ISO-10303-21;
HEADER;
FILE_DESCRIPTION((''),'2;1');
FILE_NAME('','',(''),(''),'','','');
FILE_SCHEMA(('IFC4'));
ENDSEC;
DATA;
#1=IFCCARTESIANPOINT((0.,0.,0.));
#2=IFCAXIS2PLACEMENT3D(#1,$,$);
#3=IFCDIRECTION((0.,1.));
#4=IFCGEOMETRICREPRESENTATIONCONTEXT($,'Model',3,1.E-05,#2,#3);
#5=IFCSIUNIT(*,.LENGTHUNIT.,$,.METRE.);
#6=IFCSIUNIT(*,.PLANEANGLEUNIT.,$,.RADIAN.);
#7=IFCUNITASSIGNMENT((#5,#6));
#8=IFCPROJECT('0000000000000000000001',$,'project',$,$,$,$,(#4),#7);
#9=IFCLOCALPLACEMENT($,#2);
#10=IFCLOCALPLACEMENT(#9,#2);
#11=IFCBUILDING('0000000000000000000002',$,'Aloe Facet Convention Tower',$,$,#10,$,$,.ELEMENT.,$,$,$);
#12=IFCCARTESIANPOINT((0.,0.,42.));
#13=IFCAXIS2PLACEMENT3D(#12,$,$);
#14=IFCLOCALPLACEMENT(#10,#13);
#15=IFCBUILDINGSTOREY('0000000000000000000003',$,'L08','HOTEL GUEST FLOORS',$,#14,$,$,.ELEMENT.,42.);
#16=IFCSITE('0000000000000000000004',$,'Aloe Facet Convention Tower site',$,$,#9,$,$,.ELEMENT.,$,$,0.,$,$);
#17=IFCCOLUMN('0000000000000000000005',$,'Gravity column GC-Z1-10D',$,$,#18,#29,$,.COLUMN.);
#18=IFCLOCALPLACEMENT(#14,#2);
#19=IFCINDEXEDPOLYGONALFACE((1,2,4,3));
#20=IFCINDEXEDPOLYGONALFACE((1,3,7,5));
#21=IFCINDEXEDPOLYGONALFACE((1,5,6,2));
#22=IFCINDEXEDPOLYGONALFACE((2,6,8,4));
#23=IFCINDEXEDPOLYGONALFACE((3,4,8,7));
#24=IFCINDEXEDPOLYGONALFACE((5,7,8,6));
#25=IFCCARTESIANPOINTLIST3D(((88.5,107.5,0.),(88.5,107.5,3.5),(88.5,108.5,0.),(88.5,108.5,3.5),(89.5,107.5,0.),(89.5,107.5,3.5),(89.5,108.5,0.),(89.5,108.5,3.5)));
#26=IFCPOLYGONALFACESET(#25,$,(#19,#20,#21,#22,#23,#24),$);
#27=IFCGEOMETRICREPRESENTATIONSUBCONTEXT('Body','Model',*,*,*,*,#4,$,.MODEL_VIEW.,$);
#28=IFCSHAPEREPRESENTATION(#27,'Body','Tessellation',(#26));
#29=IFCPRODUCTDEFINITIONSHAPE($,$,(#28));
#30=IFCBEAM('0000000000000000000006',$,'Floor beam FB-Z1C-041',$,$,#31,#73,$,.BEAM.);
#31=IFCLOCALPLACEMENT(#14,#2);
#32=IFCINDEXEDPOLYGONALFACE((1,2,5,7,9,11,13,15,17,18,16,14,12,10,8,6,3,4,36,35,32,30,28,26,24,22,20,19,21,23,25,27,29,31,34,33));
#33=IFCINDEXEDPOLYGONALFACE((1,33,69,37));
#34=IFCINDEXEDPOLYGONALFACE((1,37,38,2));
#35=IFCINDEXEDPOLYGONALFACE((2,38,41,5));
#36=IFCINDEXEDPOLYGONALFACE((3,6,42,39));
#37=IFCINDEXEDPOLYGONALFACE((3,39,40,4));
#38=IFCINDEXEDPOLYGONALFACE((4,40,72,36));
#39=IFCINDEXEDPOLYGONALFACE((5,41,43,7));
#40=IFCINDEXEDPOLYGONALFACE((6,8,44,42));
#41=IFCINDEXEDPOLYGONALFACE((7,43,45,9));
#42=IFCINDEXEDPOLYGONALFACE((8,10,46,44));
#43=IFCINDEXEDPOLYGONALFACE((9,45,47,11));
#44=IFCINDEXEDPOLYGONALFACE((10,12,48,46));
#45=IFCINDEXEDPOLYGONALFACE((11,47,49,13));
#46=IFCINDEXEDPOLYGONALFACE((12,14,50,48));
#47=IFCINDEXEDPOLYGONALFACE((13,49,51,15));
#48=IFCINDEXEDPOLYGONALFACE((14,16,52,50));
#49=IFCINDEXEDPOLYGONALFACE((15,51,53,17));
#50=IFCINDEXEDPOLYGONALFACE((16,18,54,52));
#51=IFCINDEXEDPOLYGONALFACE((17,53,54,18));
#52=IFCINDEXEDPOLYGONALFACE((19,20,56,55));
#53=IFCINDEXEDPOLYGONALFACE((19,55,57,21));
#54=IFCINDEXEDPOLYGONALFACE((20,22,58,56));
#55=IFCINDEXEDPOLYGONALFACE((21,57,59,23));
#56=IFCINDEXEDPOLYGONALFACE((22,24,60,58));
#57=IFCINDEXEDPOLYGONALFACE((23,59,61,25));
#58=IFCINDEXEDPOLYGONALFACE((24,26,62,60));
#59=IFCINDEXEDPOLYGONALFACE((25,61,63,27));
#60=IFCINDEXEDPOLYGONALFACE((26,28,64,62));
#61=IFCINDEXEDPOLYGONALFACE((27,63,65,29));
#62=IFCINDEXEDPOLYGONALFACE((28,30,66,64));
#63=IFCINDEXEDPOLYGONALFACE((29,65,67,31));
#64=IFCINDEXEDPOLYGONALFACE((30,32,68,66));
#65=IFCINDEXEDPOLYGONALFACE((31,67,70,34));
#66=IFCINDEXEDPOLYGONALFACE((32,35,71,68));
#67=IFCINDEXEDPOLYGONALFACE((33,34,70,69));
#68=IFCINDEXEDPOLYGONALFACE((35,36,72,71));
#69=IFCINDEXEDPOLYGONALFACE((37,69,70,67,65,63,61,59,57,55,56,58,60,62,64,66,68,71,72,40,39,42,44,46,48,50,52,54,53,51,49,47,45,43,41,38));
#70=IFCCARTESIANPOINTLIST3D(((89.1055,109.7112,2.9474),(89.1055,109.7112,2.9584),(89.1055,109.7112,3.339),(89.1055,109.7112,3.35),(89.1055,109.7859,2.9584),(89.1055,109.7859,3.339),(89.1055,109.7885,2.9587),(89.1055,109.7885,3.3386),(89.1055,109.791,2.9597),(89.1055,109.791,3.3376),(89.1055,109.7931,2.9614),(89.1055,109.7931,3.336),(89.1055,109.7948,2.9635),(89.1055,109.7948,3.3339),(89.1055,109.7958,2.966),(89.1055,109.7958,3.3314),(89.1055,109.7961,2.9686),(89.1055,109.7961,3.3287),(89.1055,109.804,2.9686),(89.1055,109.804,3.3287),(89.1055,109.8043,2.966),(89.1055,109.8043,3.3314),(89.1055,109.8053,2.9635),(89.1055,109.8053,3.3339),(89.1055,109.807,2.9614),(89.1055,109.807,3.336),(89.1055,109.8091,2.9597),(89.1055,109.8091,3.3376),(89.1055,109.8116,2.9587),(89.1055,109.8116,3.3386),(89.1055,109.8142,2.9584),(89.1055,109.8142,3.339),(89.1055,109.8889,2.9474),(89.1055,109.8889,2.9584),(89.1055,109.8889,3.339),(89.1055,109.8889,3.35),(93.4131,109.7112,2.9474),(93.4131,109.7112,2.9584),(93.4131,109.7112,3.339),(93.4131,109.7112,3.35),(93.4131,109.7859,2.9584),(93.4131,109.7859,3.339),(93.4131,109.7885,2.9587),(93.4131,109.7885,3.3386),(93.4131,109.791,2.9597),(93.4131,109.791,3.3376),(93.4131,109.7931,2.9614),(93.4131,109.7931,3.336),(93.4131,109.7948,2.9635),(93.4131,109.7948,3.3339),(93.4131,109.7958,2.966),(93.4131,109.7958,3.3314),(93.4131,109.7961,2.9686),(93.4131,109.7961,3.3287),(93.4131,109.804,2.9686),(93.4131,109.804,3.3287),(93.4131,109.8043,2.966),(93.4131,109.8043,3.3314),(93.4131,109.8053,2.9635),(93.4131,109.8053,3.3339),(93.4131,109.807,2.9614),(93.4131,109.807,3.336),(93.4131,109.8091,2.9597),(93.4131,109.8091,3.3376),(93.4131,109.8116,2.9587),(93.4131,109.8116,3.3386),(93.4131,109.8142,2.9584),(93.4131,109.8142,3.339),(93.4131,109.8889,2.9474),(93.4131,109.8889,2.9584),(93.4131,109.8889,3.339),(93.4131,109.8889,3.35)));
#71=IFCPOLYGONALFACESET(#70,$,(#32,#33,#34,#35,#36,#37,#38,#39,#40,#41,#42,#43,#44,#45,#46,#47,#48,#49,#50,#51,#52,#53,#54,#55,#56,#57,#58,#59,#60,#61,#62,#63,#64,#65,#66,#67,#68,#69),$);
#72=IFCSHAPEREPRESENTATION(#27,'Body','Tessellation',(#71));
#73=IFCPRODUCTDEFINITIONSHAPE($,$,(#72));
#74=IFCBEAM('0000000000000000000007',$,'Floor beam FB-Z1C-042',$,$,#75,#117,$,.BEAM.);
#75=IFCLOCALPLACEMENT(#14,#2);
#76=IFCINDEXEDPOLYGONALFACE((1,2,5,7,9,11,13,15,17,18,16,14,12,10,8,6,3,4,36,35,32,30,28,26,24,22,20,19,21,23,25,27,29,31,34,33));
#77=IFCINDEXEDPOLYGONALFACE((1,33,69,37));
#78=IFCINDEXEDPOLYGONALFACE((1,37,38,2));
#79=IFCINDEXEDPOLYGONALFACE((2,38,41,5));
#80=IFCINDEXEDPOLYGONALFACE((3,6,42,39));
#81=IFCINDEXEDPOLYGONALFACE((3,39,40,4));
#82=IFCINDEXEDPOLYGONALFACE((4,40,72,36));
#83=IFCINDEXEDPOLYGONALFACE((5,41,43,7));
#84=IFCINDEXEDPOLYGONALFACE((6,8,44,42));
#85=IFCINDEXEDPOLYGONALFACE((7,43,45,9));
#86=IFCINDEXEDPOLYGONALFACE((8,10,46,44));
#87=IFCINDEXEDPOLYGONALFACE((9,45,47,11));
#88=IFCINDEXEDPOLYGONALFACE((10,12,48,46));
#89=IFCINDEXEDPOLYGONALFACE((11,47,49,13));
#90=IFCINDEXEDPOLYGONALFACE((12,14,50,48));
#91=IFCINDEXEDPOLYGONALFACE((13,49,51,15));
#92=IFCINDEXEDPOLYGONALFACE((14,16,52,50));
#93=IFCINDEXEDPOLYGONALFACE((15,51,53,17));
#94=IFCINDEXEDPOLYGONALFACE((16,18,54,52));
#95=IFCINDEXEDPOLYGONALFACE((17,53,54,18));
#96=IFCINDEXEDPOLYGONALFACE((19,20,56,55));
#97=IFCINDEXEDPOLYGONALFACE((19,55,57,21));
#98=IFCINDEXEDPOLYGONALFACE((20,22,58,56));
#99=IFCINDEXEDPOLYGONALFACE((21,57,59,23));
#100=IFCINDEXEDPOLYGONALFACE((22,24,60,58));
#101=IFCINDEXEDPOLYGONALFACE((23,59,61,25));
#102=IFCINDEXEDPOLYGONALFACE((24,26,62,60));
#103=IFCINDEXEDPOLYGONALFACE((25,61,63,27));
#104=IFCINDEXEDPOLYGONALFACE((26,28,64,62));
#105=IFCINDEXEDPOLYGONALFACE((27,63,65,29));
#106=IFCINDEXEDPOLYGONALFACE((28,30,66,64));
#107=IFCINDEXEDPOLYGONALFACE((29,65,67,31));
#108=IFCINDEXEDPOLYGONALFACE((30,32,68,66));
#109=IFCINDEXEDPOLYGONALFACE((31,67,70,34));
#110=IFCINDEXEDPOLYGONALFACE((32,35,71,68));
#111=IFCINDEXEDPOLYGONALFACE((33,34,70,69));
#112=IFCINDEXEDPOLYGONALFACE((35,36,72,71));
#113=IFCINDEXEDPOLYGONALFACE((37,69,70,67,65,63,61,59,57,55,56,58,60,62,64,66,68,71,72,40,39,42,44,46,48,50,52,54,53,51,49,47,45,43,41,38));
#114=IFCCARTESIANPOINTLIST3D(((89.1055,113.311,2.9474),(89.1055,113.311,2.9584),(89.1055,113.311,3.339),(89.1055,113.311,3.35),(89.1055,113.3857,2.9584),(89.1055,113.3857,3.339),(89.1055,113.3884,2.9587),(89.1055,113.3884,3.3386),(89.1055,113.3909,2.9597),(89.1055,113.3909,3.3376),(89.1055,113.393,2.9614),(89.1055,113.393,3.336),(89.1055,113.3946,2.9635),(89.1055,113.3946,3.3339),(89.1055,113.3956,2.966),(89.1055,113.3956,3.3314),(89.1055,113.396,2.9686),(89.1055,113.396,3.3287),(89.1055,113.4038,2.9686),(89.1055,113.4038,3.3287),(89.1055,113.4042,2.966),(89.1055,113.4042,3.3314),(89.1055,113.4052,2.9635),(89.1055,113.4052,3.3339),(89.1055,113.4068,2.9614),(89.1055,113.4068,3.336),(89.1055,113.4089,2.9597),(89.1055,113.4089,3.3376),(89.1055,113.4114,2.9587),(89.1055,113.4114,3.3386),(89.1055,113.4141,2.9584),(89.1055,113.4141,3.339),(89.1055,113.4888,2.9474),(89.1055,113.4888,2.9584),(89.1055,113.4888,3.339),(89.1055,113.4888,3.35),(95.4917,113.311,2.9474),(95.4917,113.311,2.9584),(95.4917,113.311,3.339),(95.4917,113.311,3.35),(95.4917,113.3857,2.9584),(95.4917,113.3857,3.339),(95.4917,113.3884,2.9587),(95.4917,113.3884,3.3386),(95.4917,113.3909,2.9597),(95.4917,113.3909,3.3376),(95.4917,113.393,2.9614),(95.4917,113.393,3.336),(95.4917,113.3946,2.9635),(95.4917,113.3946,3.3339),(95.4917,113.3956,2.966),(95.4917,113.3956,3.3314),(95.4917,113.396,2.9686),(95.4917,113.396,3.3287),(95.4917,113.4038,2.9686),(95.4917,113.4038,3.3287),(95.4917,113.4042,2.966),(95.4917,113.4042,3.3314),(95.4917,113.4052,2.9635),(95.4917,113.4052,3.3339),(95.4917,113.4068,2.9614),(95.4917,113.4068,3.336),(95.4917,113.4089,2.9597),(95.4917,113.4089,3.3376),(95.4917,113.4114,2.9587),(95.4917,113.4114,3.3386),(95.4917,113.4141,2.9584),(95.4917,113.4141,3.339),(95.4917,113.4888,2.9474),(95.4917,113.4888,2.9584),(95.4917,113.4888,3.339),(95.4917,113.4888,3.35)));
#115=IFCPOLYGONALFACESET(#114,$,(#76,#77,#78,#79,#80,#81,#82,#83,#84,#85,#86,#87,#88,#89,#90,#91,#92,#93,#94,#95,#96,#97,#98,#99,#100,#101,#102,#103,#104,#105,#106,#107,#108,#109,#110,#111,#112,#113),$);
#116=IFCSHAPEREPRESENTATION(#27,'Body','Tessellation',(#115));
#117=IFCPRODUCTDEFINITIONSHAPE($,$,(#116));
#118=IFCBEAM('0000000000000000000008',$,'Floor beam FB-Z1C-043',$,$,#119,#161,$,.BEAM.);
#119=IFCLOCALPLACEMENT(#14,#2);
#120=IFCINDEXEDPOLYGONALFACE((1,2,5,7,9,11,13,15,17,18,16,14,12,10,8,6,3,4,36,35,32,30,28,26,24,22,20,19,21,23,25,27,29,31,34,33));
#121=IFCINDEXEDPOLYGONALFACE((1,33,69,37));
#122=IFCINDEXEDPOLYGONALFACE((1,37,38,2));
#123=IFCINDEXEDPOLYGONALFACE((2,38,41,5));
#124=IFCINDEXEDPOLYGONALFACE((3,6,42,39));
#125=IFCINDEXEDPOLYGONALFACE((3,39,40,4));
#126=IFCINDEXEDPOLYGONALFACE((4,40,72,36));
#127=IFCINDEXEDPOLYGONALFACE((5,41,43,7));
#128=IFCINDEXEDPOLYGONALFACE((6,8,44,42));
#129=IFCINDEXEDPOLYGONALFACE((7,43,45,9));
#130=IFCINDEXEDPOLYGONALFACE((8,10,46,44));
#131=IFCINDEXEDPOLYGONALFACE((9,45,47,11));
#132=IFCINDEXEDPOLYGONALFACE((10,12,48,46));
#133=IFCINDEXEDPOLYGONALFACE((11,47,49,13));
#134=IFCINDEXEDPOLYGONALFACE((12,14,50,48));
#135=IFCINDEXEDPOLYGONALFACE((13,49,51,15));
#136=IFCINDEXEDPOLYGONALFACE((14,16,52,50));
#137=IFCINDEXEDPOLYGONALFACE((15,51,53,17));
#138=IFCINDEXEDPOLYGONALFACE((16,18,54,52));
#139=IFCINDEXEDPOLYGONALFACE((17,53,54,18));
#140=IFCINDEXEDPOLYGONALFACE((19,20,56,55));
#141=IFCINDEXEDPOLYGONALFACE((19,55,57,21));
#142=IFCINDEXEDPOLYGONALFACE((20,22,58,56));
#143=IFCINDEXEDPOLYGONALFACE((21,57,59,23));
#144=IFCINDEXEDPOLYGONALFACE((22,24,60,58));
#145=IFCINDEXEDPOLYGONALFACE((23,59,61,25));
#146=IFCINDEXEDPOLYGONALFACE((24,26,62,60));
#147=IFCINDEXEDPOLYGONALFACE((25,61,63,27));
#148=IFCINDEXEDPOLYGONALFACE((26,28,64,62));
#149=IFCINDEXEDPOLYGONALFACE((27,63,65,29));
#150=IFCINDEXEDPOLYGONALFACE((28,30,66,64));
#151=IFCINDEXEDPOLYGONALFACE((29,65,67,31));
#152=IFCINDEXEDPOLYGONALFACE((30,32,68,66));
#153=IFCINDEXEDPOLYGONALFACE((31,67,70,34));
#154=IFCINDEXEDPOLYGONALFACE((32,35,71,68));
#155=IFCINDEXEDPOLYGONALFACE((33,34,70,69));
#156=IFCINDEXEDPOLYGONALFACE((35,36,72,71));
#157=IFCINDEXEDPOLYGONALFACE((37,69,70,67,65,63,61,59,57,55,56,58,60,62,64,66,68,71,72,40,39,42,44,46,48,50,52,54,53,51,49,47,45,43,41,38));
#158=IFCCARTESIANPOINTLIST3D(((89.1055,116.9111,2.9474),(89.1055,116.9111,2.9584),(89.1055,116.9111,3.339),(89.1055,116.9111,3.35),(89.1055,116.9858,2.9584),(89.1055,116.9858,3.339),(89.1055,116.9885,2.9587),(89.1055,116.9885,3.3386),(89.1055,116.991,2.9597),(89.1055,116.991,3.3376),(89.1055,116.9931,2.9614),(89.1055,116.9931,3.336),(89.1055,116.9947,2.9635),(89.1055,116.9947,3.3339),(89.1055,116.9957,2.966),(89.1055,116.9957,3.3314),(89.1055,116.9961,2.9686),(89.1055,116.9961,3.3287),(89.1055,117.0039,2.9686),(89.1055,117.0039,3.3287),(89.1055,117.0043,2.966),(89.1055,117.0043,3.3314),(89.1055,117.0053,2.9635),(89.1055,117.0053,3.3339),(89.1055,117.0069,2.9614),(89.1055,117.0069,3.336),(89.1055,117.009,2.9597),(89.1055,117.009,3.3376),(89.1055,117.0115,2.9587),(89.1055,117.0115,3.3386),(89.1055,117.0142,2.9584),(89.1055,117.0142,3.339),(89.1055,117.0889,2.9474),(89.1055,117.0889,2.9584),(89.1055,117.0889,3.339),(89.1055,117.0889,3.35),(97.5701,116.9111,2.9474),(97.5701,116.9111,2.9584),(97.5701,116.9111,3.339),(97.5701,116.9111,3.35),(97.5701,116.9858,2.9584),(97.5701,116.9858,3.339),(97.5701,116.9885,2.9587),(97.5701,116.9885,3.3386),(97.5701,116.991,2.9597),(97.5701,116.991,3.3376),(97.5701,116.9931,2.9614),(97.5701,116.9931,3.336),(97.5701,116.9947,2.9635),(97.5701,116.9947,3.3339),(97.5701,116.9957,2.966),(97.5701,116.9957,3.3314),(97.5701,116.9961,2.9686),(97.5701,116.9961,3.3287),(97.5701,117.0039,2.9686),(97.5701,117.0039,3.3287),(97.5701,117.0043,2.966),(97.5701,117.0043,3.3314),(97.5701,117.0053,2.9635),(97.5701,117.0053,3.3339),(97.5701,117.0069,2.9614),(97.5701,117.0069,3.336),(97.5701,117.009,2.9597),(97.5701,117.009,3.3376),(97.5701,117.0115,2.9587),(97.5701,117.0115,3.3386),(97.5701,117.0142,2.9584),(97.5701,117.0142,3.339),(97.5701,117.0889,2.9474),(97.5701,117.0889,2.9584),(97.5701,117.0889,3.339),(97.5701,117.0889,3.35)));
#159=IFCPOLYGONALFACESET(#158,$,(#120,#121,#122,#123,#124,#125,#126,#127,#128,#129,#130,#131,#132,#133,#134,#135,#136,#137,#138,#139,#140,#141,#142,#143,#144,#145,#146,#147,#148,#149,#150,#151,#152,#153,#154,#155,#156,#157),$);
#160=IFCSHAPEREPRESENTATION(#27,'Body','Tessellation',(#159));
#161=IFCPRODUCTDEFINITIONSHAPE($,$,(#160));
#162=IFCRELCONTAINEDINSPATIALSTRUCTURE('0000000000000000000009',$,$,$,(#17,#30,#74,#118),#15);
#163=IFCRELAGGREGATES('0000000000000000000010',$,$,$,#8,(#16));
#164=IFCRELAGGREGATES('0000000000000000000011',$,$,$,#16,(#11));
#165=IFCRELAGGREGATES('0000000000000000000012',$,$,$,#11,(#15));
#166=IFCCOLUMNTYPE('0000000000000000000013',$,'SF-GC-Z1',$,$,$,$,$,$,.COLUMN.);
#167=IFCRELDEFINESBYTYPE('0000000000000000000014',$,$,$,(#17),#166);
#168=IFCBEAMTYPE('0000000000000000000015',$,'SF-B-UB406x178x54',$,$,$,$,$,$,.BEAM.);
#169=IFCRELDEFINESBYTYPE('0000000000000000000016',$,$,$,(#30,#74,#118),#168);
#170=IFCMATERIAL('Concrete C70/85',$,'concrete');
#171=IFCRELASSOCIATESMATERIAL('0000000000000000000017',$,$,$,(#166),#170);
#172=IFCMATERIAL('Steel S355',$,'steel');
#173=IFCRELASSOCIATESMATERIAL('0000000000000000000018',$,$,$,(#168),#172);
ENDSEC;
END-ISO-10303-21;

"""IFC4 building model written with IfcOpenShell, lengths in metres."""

from ifc_helpers import new_model, si_unit, direction, frame, origin, origin_2d, place, context, subcontext, project, spatial, rectangle, i_section, extrude, material, material_profile, profile_set, type_object, element, save


model = new_model("IFC4")

# Units and contexts
model_context = context("Model", 3, precision=1e-05, world=origin(), true_north=direction((0.0, 1.0)))
body_context = subcontext(model_context, "Body", "Model", "MODEL_VIEW")
ifc_project = project(units=[si_unit("LENGTHUNIT", "METRE"), si_unit("PLANEANGLEUNIT", "RADIAN")], contexts=[model_context])

# Site, building, storey
site_placement = place(None, origin())
site = spatial("IfcSite", under=ifc_project, at=site_placement, Name="Aloe Facet Convention Tower site", CompositionType="ELEMENT", RefElevation=0.0)
building_placement = place(site_placement, origin())
building = spatial("IfcBuilding", under=site, at=building_placement, Name="Aloe Facet Convention Tower", CompositionType="ELEMENT")
storey_placement = place(building_placement, frame((0.0, 0.0, 42.0)))
storey = spatial("IfcBuildingStorey", under=building, at=storey_placement, Name="L08", Description="HOTEL GUEST FLOORS", CompositionType="ELEMENT", Elevation=42.0)

# Column
ifc_material_1 = material(Name="Concrete C70/85", Category="concrete")
ifc_material_profile_1 = material_profile(ifc_material_1, rectangle(XDim=1.0, YDim=1.0, at=origin_2d()), Name="SF-GC-Z1")
ifc_profile_set_1 = profile_set([ifc_material_profile_1], Name="Concrete C70/85")
column_type = type_object("IfcColumnType", Name="SF-GC-Z1", PredefinedType="COLUMN", material=ifc_profile_set_1)
column_placement = place(storey_placement, frame((89.0, 108.0, 0.0), z_axis=(0.0, 0.0, 1.0), x_axis=(1.0, 0.0, 0.0)))
element("IfcColumn", 1, at=column_placement, inside=storey, type_object=column_type, Name="Gravity column GC-Z1-10D", PredefinedType="COLUMN", context=body_context, shape_type="SweptSolid", body=[
    extrude(rectangle(XDim=1.0, YDim=1.0, at=origin_2d()), origin(), (0.0, 0.0, 1.0), 3.5),
])

# Beams
ifc_material_2 = material(Name="Steel S355", Category="steel")
ifc_material_profile_2 = material_profile(ifc_material_2, i_section(OverallWidth=0.1777, OverallDepth=0.4026, WebThickness=0.0078, FlangeThickness=0.011, FilletRadius=0.0103, at=origin_2d()), Name="UB 406x178x54")
ifc_profile_set_2 = profile_set([ifc_material_profile_2], Name="Steel S355")
beam_type_1 = type_object("IfcBeamType", Name="SF-B-UB406x178x54", PredefinedType="BEAM", material=ifc_profile_set_2)
beam_1_placement = place(storey_placement, frame((89.1055, 109.8, 3.1487), z_axis=(1.0, 0.0, 0.0), x_axis=(0.0, 1.0, 0.0)))
element("IfcBeam", 2, at=beam_1_placement, inside=storey, type_object=beam_type_1, Name="Floor beam FB-Z1C-041", PredefinedType="BEAM", context=body_context, shape_type="SweptSolid", body=[
    extrude(i_section(OverallWidth=0.1777, OverallDepth=0.4026, WebThickness=0.0078, FlangeThickness=0.011, FilletRadius=0.0103, at=origin_2d()), origin(), (0.0, 0.0, 1.0), 4.3076),
])
beam_2_placement = place(storey_placement, frame((89.1055, 113.3999, 3.1487), z_axis=(1.0, 0.0, 0.0), x_axis=(0.0, 1.0, 0.0)))
element("IfcBeam", 3, at=beam_2_placement, inside=storey, type_object=beam_type_1, Name="Floor beam FB-Z1C-042", PredefinedType="BEAM", context=body_context, shape_type="SweptSolid", body=[
    extrude(i_section(OverallWidth=0.1777, OverallDepth=0.4026, WebThickness=0.0078, FlangeThickness=0.011, FilletRadius=0.0103, at=origin_2d()), origin(), (0.0, 0.0, 1.0), 6.3862),
])
beam_3_placement = place(storey_placement, frame((89.1055, 117.0, 3.1487), z_axis=(1.0, 0.0, 0.0), x_axis=(0.0, 1.0, 0.0)))
element("IfcBeam", 4, at=beam_3_placement, inside=storey, type_object=beam_type_1, Name="Floor beam FB-Z1C-043", PredefinedType="BEAM", context=body_context, shape_type="SweptSolid", body=[
    extrude(i_section(OverallWidth=0.1777, OverallDepth=0.4026, WebThickness=0.0078, FlangeThickness=0.011, FilletRadius=0.0103, at=origin_2d()), origin(), (0.0, 0.0, 1.0), 8.4646),
])

save(model, "model.ifc")
